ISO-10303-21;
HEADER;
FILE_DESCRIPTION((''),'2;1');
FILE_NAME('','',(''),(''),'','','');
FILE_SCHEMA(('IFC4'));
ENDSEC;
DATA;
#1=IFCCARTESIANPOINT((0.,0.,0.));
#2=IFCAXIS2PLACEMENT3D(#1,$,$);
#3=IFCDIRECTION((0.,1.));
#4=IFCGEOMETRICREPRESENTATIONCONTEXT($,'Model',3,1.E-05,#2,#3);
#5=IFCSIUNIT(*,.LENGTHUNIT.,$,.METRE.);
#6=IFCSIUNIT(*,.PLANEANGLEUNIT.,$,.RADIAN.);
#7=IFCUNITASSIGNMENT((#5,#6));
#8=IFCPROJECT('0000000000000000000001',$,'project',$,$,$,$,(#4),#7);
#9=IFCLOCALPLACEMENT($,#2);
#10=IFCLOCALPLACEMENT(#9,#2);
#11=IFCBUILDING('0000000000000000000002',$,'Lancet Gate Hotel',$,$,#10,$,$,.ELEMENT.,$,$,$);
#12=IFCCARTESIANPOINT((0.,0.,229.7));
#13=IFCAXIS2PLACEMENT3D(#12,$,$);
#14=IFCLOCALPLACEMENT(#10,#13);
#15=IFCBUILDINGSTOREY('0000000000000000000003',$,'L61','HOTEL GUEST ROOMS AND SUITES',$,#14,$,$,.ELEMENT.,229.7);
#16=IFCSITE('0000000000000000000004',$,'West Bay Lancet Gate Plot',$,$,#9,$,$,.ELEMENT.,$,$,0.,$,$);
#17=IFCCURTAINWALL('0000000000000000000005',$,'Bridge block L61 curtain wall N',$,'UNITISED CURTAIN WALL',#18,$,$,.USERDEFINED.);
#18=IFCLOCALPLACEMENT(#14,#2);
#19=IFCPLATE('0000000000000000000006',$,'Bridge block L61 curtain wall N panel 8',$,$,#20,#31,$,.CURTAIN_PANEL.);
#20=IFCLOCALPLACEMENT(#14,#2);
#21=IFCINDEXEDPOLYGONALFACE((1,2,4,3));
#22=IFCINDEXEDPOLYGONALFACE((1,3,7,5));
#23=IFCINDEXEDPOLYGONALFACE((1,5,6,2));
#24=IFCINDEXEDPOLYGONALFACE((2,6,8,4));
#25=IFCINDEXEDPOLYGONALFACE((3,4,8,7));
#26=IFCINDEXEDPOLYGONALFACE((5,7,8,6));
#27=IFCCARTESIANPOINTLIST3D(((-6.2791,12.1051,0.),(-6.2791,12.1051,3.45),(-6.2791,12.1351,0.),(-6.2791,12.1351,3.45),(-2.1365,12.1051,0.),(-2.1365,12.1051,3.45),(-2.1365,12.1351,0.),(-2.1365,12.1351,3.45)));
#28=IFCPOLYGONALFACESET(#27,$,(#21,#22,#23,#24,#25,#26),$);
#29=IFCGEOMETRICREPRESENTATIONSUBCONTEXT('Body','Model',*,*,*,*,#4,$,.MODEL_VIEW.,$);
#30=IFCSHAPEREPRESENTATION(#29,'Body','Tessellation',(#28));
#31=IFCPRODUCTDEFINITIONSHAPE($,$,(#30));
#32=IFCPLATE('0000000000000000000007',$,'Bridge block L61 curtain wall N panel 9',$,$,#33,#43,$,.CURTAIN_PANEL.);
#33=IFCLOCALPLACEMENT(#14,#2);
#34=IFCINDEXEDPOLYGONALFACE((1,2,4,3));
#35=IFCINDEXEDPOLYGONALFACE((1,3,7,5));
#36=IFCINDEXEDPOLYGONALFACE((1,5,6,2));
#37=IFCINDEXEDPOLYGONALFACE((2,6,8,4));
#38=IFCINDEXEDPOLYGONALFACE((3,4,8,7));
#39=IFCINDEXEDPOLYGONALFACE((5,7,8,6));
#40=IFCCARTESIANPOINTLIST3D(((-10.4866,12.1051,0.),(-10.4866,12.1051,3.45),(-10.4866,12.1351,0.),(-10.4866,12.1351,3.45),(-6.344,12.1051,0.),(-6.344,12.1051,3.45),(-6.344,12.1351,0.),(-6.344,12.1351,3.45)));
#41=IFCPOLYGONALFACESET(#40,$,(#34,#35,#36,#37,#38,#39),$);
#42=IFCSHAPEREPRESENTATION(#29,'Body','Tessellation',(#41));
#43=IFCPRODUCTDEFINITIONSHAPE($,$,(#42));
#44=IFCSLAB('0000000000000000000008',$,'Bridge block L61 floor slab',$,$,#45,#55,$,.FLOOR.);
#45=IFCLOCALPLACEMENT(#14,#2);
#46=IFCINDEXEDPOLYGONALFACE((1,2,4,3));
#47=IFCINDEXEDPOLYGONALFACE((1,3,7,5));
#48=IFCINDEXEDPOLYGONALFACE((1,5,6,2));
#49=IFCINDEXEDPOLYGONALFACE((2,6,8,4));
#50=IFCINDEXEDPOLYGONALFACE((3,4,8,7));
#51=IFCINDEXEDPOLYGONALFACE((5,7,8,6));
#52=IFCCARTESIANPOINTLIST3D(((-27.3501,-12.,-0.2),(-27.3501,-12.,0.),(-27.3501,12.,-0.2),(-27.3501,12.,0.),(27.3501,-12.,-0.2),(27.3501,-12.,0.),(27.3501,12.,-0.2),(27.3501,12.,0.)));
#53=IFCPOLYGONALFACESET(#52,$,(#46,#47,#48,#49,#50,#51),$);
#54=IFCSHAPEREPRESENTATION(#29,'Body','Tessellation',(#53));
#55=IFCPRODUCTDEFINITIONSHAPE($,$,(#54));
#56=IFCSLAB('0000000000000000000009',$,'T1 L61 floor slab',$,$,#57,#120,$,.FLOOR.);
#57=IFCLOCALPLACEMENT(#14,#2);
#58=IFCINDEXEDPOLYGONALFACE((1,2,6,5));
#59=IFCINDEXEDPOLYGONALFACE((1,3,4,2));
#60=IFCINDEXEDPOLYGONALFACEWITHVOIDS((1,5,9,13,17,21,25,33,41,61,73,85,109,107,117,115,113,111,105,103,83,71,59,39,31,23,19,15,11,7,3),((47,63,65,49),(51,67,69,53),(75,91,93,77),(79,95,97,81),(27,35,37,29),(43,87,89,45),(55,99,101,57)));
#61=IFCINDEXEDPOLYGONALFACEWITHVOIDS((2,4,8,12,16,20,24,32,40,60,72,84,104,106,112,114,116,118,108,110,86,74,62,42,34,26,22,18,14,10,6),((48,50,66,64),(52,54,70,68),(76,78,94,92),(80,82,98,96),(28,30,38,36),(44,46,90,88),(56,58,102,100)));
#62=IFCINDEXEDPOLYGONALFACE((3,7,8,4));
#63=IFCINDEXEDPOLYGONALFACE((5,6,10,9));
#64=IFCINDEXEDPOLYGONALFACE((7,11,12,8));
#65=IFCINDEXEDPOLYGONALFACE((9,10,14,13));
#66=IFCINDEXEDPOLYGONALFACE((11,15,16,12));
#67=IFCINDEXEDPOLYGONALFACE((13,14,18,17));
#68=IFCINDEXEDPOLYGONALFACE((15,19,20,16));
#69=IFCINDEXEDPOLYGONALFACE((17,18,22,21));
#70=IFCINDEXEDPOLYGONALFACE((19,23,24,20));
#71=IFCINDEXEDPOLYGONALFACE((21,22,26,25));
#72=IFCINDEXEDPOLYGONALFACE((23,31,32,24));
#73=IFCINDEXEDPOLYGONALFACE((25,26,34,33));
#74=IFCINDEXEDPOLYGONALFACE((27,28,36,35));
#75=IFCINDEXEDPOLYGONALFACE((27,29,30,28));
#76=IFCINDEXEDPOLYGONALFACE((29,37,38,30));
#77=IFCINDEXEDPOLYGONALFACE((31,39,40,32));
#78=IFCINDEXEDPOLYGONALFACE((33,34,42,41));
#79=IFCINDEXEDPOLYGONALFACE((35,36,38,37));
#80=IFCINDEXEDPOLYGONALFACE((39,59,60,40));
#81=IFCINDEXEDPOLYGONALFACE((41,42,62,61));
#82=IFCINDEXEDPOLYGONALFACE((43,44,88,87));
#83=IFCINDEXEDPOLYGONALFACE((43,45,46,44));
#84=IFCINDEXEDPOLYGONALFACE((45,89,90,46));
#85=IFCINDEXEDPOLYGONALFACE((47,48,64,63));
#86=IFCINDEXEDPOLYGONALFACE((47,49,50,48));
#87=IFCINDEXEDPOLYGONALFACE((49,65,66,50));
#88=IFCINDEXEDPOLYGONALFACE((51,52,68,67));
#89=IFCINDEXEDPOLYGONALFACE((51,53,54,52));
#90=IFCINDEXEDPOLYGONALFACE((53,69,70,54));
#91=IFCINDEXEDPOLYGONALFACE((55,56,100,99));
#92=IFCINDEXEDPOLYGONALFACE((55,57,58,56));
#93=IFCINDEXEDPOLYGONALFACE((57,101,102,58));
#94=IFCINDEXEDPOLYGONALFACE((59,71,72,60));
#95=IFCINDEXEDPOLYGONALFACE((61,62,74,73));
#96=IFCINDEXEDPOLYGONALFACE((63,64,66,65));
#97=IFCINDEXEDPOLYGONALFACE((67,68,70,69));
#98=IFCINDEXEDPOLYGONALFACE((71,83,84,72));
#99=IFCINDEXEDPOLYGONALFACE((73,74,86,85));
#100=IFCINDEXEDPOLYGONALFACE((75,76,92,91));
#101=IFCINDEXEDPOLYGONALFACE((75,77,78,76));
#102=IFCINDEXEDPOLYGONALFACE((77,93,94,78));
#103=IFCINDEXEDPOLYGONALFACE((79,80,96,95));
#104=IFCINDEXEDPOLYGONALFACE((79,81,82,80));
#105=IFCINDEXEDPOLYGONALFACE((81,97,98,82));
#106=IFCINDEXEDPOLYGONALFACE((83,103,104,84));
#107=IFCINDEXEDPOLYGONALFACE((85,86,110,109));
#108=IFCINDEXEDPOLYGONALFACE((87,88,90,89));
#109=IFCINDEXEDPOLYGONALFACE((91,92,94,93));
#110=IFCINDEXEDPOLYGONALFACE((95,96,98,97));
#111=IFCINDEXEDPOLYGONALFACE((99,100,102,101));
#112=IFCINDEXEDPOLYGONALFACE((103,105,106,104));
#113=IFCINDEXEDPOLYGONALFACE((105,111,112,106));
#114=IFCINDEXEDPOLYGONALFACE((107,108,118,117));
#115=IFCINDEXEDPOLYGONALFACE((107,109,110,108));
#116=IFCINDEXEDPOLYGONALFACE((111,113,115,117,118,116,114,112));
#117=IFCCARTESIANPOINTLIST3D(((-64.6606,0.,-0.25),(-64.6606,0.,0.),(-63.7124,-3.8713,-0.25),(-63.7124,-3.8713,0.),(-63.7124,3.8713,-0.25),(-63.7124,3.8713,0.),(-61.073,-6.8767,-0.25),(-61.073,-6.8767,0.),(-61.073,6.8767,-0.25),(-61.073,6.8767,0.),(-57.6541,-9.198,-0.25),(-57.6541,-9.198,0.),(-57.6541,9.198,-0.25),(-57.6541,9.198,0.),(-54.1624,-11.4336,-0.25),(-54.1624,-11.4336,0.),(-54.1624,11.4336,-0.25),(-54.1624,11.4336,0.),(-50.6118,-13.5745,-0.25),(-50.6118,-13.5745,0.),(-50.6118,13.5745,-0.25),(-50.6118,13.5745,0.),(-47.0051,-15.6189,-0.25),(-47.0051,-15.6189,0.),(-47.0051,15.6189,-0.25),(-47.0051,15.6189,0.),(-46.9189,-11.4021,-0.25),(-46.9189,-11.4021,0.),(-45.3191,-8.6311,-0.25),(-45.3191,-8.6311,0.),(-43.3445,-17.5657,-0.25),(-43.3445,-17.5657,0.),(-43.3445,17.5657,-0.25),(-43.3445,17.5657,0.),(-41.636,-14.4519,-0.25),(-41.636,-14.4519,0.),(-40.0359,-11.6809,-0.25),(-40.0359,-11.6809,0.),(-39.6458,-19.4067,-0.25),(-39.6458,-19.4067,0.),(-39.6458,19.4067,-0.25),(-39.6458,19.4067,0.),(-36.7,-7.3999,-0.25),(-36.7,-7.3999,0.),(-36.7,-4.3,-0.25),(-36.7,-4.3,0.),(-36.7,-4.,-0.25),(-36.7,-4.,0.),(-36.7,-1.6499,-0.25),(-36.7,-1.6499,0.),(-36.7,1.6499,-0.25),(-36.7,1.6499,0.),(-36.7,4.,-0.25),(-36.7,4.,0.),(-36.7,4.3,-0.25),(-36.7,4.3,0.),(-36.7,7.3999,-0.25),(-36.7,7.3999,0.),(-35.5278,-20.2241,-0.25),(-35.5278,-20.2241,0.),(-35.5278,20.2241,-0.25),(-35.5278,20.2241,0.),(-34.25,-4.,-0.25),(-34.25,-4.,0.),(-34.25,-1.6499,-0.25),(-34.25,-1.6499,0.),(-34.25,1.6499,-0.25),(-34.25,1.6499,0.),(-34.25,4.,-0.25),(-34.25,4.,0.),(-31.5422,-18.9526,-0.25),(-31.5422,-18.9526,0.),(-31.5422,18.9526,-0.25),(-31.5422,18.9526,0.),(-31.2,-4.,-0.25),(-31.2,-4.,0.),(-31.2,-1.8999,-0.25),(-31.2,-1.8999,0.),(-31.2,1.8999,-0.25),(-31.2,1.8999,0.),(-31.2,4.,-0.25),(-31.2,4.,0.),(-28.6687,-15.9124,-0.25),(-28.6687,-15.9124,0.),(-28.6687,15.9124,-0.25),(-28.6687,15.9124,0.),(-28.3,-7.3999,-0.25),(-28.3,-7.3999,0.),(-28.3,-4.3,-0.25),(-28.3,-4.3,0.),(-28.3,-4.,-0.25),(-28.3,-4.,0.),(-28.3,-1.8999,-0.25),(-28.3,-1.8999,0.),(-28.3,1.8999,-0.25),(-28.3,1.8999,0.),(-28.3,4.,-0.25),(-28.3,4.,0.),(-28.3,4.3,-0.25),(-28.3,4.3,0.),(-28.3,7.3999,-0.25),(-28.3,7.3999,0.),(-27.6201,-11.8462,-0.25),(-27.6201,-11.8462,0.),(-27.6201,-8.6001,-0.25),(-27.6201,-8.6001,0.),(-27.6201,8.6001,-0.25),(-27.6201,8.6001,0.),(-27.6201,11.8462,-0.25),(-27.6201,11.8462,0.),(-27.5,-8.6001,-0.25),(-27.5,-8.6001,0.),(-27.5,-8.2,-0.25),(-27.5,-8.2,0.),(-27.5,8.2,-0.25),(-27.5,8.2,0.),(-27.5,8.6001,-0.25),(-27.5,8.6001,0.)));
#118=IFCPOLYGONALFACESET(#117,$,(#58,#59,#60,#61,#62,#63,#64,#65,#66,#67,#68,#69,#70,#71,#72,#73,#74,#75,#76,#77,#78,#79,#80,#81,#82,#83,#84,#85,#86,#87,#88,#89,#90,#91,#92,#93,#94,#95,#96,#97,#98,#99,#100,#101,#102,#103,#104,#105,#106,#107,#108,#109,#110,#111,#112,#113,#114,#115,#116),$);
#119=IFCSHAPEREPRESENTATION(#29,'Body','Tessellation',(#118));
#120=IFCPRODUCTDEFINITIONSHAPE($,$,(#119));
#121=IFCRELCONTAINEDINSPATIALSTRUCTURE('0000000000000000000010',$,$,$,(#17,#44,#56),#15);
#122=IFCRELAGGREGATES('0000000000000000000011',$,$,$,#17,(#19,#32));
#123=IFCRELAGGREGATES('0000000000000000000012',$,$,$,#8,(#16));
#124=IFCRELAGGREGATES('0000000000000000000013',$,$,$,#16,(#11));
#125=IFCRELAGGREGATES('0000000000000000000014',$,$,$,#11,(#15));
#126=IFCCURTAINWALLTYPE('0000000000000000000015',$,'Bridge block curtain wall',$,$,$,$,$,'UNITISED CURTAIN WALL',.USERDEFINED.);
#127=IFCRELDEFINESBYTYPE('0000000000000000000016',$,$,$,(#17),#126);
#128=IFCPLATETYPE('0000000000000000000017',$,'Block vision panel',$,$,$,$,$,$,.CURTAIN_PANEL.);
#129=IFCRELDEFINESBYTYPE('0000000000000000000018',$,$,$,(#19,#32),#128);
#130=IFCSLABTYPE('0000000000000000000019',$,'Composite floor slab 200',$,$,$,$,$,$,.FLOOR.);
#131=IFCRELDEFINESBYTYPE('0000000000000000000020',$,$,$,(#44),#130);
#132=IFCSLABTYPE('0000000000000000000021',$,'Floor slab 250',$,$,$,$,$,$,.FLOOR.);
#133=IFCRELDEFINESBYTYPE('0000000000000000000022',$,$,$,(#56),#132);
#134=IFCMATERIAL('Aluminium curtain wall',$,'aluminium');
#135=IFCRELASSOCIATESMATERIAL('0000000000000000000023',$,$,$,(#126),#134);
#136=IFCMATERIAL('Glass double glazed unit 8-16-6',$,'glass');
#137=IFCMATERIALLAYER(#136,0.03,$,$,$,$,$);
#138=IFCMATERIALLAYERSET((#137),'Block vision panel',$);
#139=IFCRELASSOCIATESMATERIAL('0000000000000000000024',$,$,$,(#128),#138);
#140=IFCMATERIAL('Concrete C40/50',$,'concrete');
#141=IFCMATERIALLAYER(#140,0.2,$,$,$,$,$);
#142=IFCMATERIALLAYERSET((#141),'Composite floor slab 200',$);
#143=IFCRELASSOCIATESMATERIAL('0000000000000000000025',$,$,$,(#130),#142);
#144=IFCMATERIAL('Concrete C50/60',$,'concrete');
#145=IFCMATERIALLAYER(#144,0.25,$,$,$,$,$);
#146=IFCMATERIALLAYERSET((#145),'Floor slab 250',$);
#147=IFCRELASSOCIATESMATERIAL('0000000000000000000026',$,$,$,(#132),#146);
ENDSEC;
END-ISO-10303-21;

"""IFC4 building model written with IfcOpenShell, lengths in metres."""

from ifc_helpers import new_model, si_unit, direction, frame, origin, origin_2d, place, context, subcontext, project, spatial, polyline, rectangle, outline, extrude, material, layer, layer_set, type_object, element, aggregate, save


model = new_model("IFC4")

# Units and contexts
model_context = context("Model", 3, precision=1e-05, world=origin(), true_north=direction((0.0, 1.0)))
body_context = subcontext(model_context, "Body", "Model", "MODEL_VIEW")
ifc_project = project(units=[si_unit("LENGTHUNIT", "METRE"), si_unit("PLANEANGLEUNIT", "RADIAN")], contexts=[model_context])

# Site, building, storey
site_placement = place(None, origin())
site = spatial("IfcSite", under=ifc_project, at=site_placement, Name="West Bay Lancet Gate Plot", CompositionType="ELEMENT", RefElevation=0.0)
building_placement = place(site_placement, origin())
building = spatial("IfcBuilding", under=site, at=building_placement, Name="Lancet Gate Hotel", CompositionType="ELEMENT")
storey_placement = place(building_placement, frame((0.0, 0.0, 229.7)))
storey = spatial("IfcBuildingStorey", under=building, at=storey_placement, Name="L61", Description="HOTEL GUEST ROOMS AND SUITES", CompositionType="ELEMENT", Elevation=229.7)

# Curtain wall
ifc_material_1 = material(Name="Aluminium curtain wall", Category="aluminium")
curtain_wall_type = type_object("IfcCurtainWallType", Name="Bridge block curtain wall", ElementType="UNITISED CURTAIN WALL", PredefinedType="USERDEFINED", material=ifc_material_1)
curtain_wall_placement = place(storey_placement, origin())
curtain_wall = element("IfcCurtainWall", 1, at=curtain_wall_placement, inside=storey, type_object=curtain_wall_type, Name="Bridge block L61 curtain wall N", ObjectType="UNITISED CURTAIN WALL", PredefinedType="USERDEFINED")

# Plates
ifc_material_2 = material(Name="Glass double glazed unit 8-16-6", Category="glass")
ifc_layer_1 = layer(ifc_material_2, 0.03)
ifc_layer_set_1 = layer_set([ifc_layer_1], Name="Block vision panel")
plate_type = type_object("IfcPlateType", Name="Block vision panel", PredefinedType="CURTAIN_PANEL", material=ifc_layer_set_1)
plate_1_placement = place(storey_placement, frame((-4.2078, 12.1201, 0.0), z_axis=(0.0, 0.0, 1.0), x_axis=(-1.0, 0.0, 0.0)))
plate_1 = element("IfcPlate", 2, at=plate_1_placement, type_object=plate_type, Name="Bridge block L61 curtain wall N panel 8", PredefinedType="CURTAIN_PANEL", context=body_context, shape_type="SweptSolid", body=[
    extrude(rectangle(XDim=4.1426, YDim=0.03, at=origin_2d()), origin(), (0.0, 0.0, 1.0), 3.45),
])
plate_2_placement = place(storey_placement, frame((-8.4153, 12.1201, 0.0), z_axis=(0.0, 0.0, 1.0), x_axis=(-1.0, 0.0, 0.0)))
plate_2 = element("IfcPlate", 3, at=plate_2_placement, type_object=plate_type, Name="Bridge block L61 curtain wall N panel 9", PredefinedType="CURTAIN_PANEL", context=body_context, shape_type="SweptSolid", body=[
    extrude(rectangle(XDim=4.1426, YDim=0.03, at=origin_2d()), origin(), (0.0, 0.0, 1.0), 3.45),
])
aggregate(curtain_wall, [plate_1, plate_2])

# Slabs
ifc_material_3 = material(Name="Concrete C40/50", Category="concrete")
ifc_layer_2 = layer(ifc_material_3, 0.2)
ifc_layer_set_2 = layer_set([ifc_layer_2], Name="Composite floor slab 200")
slab_type_1 = type_object("IfcSlabType", Name="Composite floor slab 200", PredefinedType="FLOOR", material=ifc_layer_set_2)
slab_1_placement = place(storey_placement, frame((0.0, 0.0, -0.2)))
element("IfcSlab", 4, at=slab_1_placement, inside=storey, type_object=slab_type_1, Name="Bridge block L61 floor slab", PredefinedType="FLOOR", context=body_context, shape_type="SweptSolid", body=[
    extrude(outline(polyline([(27.3501, -12.0), (27.3501, 12.0), (-27.3501, 12.0), (-27.3501, -12.0), (27.3501, -12.0)])), origin(), (0.0, 0.0, 1.0), 0.2),
])
ifc_material_4 = material(Name="Concrete C50/60", Category="concrete")
ifc_layer_3 = layer(ifc_material_4, 0.25)
ifc_layer_set_3 = layer_set([ifc_layer_3], Name="Floor slab 250")
slab_type_2 = type_object("IfcSlabType", Name="Floor slab 250", PredefinedType="FLOOR", material=ifc_layer_set_3)
slab_2_placement = place(storey_placement, frame((0.0, 0.0, -0.25)))
element("IfcSlab", 5, at=slab_2_placement, inside=storey, type_object=slab_type_2, Name="T1 L61 floor slab", PredefinedType="FLOOR", context=body_context, shape_type="SweptSolid", body=[
    extrude(outline(polyline([(-27.5, 8.6001), (-27.6201, 8.6001), (-27.6201, 11.8462), (-28.6687, 15.9124), (-31.5422, 18.9526), (-35.5278, 20.2241), (-39.6458, 19.4067), (-43.3445, 17.5657), (-47.0051, 15.6189), (-50.6118, 13.5745), (-54.1624, 11.4336), (-57.6541, 9.198), (-61.073, 6.8767), (-63.7124, 3.8713), (-64.6606, 0.0), (-63.7124, -3.8713), (-61.073, -6.8767), (-57.6541, -9.198), (-54.1624, -11.4336), (-50.6118, -13.5745), (-47.0051, -15.6189), (-43.3445, -17.5657), (-39.6458, -19.4067), (-35.5278, -20.2241), (-31.5422, -18.9526), (-28.6687, -15.9124), (-27.6201, -11.8462), (-27.6201, -8.6001), (-27.5, -8.6001), (-27.5, -8.2), (-27.5, 8.2), (-27.5, 8.6001)]), holes=[polyline([(-36.7, 7.3999), (-36.7, 4.3), (-28.3, 4.3), (-28.3, 7.3999), (-36.7, 7.3999)]), polyline([(-28.3, 4.0), (-31.2, 4.0), (-31.2, 1.8999), (-28.3, 1.8999), (-28.3, 4.0)]), polyline([(-34.25, 4.0), (-36.7, 4.0), (-36.7, 1.6499), (-34.25, 1.6499), (-34.25, 4.0)]), polyline([(-36.7, -1.6499), (-36.7, -4.0), (-34.25, -4.0), (-34.25, -1.6499), (-36.7, -1.6499)]), polyline([(-28.3, -1.8999), (-31.2, -1.8999), (-31.2, -4.0), (-28.3, -4.0), (-28.3, -1.8999)]), polyline([(-28.3, -4.3), (-36.7, -4.3), (-36.7, -7.3999), (-28.3, -7.3999), (-28.3, -4.3)]), polyline([(-45.3191, -8.6311), (-46.9189, -11.4021), (-41.636, -14.4519), (-40.0359, -11.6809), (-45.3191, -8.6311)])]), origin(), (0.0, 0.0, 1.0), 0.25),
])

save(model, "model.ifc")
